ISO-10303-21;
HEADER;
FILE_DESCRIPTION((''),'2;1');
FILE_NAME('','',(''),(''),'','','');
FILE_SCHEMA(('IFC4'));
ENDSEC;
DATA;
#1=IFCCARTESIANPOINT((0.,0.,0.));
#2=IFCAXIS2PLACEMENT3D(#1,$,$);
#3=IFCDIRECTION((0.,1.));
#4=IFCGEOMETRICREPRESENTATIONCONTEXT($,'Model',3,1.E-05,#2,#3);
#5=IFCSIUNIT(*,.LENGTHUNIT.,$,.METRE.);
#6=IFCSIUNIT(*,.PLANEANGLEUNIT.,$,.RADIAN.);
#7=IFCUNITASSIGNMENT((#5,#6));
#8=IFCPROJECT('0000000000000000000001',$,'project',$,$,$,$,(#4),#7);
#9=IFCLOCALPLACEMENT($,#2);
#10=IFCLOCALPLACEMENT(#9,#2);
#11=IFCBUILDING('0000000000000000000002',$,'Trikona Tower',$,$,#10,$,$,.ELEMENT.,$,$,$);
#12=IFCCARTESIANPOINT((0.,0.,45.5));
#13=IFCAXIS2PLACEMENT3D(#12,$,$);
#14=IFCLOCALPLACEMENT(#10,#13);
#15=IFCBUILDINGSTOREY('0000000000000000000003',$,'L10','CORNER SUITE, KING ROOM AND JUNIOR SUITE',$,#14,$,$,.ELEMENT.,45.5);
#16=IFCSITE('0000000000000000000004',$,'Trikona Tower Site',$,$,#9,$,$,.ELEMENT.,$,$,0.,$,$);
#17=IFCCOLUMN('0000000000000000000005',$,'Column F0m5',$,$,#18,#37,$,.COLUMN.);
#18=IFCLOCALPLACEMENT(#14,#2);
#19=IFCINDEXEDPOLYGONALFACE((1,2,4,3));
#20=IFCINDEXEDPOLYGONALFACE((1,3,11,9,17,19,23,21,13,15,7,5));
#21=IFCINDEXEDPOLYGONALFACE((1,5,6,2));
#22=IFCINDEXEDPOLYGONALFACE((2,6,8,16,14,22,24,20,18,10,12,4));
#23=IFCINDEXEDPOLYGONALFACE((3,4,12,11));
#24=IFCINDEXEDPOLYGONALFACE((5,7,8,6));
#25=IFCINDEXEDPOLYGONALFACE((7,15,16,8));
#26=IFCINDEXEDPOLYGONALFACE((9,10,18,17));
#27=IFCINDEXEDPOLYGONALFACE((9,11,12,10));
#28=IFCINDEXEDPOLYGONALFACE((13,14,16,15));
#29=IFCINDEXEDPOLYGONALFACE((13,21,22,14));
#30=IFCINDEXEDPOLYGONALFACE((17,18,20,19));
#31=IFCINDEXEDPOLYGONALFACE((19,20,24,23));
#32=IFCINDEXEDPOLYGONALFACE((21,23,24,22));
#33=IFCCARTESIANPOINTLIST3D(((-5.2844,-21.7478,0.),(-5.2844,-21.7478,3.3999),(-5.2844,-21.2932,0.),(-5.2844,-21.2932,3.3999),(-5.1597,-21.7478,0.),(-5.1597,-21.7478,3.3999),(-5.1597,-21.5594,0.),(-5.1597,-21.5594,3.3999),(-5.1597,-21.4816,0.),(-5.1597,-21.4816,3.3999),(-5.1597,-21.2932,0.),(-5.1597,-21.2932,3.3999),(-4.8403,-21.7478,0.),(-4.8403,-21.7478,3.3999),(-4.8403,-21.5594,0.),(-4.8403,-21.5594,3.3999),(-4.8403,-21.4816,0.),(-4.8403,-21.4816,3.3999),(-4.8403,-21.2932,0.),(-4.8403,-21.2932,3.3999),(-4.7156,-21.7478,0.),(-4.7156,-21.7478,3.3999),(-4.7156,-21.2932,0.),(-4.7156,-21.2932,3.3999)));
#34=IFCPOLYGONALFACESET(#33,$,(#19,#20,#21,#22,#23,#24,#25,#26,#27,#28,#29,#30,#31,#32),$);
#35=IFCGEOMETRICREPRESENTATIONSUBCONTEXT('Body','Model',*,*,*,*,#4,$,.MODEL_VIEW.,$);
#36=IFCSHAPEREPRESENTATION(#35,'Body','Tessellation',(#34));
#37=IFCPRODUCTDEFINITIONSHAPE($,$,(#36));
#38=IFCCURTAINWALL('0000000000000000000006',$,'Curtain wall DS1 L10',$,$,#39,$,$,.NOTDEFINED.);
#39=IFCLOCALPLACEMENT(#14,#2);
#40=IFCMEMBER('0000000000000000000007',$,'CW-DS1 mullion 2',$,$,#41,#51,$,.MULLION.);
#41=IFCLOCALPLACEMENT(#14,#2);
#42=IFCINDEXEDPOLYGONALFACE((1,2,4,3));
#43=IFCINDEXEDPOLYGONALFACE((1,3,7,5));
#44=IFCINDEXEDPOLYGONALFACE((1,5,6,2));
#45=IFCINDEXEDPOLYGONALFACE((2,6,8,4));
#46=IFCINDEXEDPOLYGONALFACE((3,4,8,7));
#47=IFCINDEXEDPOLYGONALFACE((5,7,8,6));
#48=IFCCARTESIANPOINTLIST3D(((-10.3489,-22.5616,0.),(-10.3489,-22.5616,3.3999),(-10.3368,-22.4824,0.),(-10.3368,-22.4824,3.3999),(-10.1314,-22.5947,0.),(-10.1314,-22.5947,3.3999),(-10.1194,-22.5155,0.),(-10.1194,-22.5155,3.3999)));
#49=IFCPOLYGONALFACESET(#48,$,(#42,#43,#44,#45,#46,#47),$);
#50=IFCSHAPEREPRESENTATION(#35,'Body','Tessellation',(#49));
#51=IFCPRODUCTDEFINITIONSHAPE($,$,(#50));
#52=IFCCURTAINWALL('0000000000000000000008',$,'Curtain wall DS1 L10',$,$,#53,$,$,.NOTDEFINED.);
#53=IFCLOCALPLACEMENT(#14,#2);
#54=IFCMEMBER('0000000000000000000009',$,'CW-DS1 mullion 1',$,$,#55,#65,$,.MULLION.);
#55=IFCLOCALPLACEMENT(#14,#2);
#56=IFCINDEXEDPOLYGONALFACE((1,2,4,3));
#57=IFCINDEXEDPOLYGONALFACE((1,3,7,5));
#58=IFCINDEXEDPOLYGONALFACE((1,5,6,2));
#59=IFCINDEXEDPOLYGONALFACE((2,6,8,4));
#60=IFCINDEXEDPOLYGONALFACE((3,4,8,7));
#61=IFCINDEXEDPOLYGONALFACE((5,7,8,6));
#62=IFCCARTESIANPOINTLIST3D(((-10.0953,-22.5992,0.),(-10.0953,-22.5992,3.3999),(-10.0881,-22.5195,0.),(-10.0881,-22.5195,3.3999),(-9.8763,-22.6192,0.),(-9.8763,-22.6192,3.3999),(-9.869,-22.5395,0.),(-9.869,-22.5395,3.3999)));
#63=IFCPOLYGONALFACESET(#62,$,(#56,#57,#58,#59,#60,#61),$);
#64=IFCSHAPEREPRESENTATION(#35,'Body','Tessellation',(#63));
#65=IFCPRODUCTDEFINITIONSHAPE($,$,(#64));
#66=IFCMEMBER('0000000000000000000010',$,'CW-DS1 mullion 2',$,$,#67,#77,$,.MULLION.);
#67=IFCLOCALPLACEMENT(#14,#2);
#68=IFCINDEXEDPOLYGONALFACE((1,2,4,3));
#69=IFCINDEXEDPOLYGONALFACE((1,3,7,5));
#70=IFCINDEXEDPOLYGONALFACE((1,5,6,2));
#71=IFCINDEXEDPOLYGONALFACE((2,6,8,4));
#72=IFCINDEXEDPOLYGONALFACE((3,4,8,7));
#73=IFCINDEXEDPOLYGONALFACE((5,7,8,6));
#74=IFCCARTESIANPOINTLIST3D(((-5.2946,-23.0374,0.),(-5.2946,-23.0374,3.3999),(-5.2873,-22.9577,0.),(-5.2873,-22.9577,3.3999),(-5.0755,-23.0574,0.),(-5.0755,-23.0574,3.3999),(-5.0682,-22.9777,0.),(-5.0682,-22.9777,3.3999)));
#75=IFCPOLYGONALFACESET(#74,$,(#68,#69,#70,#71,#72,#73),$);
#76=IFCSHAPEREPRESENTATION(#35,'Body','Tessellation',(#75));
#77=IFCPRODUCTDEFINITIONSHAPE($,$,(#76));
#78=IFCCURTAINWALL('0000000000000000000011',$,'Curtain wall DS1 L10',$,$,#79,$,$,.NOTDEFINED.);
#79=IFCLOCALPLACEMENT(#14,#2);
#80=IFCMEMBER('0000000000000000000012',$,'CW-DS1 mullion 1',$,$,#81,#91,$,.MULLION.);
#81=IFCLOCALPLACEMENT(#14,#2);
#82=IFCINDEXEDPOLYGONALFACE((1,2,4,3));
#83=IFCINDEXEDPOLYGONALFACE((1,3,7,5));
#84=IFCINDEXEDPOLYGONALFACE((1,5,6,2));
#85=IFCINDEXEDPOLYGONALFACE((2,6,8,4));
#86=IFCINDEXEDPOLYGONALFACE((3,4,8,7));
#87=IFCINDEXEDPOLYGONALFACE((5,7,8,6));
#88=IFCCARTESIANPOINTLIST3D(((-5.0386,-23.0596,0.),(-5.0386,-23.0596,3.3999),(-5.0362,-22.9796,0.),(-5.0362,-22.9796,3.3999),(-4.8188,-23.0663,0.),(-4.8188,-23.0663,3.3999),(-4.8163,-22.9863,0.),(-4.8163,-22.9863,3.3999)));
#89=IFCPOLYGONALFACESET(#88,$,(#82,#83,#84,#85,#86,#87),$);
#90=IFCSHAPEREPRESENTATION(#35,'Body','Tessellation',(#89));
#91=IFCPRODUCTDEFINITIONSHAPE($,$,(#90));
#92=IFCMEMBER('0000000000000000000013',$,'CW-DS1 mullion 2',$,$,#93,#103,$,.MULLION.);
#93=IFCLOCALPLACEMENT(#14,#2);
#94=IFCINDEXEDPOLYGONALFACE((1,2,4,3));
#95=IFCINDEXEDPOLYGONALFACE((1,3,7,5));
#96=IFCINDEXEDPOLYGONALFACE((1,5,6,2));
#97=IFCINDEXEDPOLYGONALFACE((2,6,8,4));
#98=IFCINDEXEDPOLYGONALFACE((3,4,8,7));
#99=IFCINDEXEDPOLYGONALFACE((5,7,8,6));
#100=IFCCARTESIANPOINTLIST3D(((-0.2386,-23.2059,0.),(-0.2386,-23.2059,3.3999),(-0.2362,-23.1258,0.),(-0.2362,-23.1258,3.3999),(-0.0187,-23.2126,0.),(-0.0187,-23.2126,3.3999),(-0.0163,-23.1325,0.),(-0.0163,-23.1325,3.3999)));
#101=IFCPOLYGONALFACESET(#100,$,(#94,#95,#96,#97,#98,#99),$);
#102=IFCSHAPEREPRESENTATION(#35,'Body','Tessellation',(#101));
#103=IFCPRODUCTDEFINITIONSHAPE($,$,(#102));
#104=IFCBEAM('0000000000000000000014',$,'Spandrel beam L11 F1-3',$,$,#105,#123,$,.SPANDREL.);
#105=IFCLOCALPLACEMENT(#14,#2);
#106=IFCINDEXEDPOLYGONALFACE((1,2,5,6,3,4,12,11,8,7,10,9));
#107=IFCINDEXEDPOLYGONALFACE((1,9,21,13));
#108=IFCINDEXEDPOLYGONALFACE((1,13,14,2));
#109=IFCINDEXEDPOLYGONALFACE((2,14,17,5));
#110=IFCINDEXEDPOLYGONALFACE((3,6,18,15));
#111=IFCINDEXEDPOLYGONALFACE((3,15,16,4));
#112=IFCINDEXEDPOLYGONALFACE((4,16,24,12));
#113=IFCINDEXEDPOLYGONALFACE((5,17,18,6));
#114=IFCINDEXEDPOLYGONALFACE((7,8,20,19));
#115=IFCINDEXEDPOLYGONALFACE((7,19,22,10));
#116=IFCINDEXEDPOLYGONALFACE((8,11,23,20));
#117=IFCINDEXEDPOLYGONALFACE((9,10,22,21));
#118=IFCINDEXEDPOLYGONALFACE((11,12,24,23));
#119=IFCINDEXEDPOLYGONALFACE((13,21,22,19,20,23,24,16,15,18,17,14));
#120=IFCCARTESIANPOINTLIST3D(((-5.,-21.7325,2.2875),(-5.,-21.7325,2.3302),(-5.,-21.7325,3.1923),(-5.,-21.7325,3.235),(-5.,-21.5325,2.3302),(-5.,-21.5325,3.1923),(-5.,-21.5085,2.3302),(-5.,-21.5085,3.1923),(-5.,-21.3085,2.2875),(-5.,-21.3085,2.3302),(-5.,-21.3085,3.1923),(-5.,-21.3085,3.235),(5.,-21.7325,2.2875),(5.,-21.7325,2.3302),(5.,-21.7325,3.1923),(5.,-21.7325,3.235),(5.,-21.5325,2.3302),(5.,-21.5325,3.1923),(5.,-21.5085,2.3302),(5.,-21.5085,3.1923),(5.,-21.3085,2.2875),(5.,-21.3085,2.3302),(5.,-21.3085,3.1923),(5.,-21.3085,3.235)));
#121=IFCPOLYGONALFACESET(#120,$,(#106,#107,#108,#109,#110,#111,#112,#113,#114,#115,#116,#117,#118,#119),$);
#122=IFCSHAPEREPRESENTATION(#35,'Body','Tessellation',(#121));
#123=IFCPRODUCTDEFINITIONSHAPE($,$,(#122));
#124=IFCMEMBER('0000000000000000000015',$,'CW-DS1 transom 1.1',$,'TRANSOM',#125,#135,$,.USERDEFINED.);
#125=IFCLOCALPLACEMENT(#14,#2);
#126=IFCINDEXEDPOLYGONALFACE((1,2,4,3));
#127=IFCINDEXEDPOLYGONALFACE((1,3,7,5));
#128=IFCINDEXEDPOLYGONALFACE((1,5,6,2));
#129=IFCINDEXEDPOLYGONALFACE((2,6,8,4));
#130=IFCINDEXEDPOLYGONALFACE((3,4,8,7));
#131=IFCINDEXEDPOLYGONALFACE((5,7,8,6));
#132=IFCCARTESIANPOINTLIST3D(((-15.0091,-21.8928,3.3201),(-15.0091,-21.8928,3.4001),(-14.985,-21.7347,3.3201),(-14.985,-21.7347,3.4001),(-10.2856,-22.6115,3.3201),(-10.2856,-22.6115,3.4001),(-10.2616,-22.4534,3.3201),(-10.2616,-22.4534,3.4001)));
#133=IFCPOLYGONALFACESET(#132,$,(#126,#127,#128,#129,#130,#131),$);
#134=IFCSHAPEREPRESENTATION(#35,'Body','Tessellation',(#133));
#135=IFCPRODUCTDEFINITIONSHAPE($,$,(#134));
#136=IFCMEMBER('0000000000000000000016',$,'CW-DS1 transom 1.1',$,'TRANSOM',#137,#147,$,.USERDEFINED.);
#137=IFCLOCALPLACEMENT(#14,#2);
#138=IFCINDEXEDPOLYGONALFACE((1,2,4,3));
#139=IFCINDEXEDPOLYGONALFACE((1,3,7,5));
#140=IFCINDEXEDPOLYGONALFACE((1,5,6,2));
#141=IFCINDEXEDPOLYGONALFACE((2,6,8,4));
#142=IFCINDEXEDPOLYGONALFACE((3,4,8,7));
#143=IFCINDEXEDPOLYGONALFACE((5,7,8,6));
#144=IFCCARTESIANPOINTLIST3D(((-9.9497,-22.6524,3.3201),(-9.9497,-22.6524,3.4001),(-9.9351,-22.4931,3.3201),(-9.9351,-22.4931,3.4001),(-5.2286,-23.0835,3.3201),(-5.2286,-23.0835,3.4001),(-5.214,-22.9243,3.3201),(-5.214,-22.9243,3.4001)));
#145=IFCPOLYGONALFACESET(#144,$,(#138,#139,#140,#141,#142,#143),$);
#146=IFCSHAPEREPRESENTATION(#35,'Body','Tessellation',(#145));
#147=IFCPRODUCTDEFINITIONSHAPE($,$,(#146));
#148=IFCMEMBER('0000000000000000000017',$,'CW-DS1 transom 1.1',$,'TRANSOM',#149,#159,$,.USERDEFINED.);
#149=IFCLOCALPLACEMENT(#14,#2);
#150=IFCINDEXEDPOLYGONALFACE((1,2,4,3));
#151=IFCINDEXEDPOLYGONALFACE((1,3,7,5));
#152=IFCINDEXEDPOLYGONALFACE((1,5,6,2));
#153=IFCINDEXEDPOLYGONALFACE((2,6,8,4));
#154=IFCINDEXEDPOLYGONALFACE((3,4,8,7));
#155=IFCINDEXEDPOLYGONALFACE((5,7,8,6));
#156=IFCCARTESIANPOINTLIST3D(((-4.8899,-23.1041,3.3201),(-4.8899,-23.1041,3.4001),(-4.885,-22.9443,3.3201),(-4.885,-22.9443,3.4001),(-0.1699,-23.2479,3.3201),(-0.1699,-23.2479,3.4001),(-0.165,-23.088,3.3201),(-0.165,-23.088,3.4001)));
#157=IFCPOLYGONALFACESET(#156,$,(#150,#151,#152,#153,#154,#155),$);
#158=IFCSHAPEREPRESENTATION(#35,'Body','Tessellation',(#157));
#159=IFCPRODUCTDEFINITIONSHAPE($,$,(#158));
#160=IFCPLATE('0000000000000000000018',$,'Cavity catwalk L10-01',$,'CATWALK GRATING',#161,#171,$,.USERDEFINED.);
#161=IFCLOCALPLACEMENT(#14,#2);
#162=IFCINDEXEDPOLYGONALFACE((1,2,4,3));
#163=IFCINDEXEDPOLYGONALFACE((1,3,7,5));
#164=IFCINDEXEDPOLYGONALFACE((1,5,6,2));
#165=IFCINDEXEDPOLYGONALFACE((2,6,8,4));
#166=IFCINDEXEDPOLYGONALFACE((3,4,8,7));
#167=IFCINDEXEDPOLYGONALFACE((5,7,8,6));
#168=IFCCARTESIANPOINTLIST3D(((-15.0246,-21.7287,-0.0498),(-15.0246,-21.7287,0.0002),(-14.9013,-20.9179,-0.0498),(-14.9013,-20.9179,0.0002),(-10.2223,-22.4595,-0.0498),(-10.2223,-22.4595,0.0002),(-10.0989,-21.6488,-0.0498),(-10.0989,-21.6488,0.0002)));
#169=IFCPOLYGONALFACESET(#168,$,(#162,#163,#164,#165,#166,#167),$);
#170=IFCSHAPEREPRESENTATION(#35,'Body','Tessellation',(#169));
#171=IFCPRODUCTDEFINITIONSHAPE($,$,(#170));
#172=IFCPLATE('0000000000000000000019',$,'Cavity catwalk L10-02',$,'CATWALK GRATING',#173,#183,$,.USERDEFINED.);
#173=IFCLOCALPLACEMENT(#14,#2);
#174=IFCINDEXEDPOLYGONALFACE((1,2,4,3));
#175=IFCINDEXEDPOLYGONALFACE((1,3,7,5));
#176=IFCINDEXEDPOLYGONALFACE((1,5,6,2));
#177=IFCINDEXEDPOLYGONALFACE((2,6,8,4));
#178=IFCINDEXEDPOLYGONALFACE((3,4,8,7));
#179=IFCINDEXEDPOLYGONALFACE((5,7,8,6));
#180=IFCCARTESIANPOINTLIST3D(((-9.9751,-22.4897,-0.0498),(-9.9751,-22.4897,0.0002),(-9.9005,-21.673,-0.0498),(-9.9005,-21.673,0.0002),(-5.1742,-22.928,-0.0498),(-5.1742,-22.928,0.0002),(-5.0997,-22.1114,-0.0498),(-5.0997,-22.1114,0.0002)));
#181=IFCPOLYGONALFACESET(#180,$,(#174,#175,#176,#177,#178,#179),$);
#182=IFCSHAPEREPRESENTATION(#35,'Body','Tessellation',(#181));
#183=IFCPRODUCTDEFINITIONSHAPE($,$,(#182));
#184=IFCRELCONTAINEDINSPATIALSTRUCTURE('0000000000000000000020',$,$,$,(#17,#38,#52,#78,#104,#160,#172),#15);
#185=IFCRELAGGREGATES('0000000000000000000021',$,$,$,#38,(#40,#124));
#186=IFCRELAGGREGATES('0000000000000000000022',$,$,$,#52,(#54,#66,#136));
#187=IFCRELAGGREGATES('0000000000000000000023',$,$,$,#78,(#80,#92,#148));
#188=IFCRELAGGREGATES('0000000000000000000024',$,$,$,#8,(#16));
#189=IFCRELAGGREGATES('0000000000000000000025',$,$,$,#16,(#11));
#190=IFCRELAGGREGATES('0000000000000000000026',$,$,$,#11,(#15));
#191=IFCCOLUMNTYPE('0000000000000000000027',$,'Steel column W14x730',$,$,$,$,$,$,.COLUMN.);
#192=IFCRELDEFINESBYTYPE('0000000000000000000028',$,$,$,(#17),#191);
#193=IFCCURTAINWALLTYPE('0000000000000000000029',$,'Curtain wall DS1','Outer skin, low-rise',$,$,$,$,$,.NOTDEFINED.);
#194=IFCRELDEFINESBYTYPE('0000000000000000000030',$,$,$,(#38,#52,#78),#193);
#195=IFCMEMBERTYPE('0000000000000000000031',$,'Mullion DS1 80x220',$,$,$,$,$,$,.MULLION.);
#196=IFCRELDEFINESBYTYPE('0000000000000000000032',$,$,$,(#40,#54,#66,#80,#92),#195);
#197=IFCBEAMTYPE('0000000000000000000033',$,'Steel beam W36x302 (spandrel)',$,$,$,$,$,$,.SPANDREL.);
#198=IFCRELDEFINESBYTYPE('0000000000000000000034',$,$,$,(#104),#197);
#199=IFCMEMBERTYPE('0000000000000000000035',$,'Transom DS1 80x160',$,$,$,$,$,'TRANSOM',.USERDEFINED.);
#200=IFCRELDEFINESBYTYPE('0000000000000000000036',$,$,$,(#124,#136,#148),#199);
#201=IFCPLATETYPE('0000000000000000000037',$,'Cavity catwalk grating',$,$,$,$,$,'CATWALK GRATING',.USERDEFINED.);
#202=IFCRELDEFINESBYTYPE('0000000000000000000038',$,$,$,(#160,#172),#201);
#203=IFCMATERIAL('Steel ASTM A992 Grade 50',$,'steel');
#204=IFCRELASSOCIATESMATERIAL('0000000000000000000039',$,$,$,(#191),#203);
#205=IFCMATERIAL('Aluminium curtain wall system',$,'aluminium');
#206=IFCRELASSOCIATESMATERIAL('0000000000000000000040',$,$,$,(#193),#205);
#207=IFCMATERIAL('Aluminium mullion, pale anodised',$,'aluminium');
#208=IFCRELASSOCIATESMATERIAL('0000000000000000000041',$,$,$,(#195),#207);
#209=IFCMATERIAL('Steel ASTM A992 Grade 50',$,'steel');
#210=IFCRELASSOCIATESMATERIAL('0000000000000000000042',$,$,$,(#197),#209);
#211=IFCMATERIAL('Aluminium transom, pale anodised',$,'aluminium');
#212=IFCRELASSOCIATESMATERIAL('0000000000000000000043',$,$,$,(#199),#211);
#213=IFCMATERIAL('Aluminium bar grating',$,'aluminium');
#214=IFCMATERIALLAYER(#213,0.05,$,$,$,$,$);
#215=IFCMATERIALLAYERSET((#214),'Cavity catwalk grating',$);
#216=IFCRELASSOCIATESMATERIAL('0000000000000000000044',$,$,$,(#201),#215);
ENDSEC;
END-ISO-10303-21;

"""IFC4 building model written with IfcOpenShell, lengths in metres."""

from ifc_helpers import new_model, si_unit, direction, frame, origin, origin_2d, place, context, subcontext, project, spatial, rectangle, i_section, extrude, material, layer, layer_set, material_profile, profile_set, type_object, element, aggregate, save


model = new_model("IFC4")

# Units and contexts
model_context = context("Model", 3, precision=1e-05, world=origin(), true_north=direction((0.0, 1.0)))
body_context = subcontext(model_context, "Body", "Model", "MODEL_VIEW")
ifc_project = project(units=[si_unit("LENGTHUNIT", "METRE"), si_unit("PLANEANGLEUNIT", "RADIAN")], contexts=[model_context])

# Site, building, storey
site_placement = place(None, origin())
site = spatial("IfcSite", under=ifc_project, at=site_placement, Name="Trikona Tower Site", CompositionType="ELEMENT", RefElevation=0.0)
building_placement = place(site_placement, origin())
building = spatial("IfcBuilding", under=site, at=building_placement, Name="Trikona Tower", CompositionType="ELEMENT")
storey_placement = place(building_placement, frame((0.0, 0.0, 45.5)))
storey = spatial("IfcBuildingStorey", under=building, at=storey_placement, Name="L10", Description="CORNER SUITE, KING ROOM AND JUNIOR SUITE", CompositionType="ELEMENT", Elevation=45.5)

# Column
ifc_material_1 = material(Name="Steel ASTM A992 Grade 50", Category="steel")
ifc_material_profile_1 = material_profile(ifc_material_1, i_section(OverallWidth=0.4546, OverallDepth=0.5688, WebThickness=0.0779, FlangeThickness=0.1248, at=origin_2d()), Name="W14X730")
ifc_profile_set_1 = profile_set([ifc_material_profile_1], Name="Steel ASTM A992 Grade 50")
column_type = type_object("IfcColumnType", Name="Steel column W14x730", PredefinedType="COLUMN", material=ifc_profile_set_1)
column_placement = place(storey_placement, frame((-5.0, -21.5205, 0.0), z_axis=(0.0, 0.0, 1.0), x_axis=(0.0, -1.0, 0.0)))
element("IfcColumn", 1, at=column_placement, inside=storey, type_object=column_type, Name="Column F0m5", PredefinedType="COLUMN", context=body_context, shape_type="SweptSolid", body=[
    extrude(i_section(OverallWidth=0.4546, OverallDepth=0.5688, WebThickness=0.0779, FlangeThickness=0.1248, at=origin_2d()), origin(), (0.0, 0.0, 1.0), 3.3999),
])

# Curtain wall, member
ifc_material_2 = material(Name="Aluminium curtain wall system", Category="aluminium")
curtain_wall_type = type_object("IfcCurtainWallType", Name="Curtain wall DS1", Description="Outer skin, low-rise", PredefinedType="NOTDEFINED", material=ifc_material_2)
curtain_wall_1_placement = place(storey_placement, origin())
curtain_wall_1 = element("IfcCurtainWall", 2, at=curtain_wall_1_placement, inside=storey, type_object=curtain_wall_type, Name="Curtain wall DS1 L10", PredefinedType="NOTDEFINED")
ifc_material_3 = material(Name="Aluminium mullion, pale anodised", Category="aluminium")
ifc_material_profile_2 = material_profile(ifc_material_3, rectangle(XDim=0.0801, YDim=0.22, at=origin_2d()), Name="MUL-DS1")
ifc_profile_set_2 = profile_set([ifc_material_profile_2], Name="Aluminium mullion, pale anodised")
member_type_1 = type_object("IfcMemberType", Name="Mullion DS1 80x220", PredefinedType="MULLION", material=ifc_profile_set_2)
member_1_placement = place(storey_placement, frame((-10.2341, -22.5386, 0.0), z_axis=(0.0, 0.0, 1.0), x_axis=(0.150438, 0.988619, 0.0)))
member_1 = element("IfcMember", 3, at=member_1_placement, type_object=member_type_1, Name="CW-DS1 mullion 2", PredefinedType="MULLION", context=body_context, shape_type="SweptSolid", body=[
    extrude(rectangle(XDim=0.0801, YDim=0.22, at=origin_2d()), origin(), (0.0, 0.0, 1.0), 3.3999),
])

# Curtain walls, members
curtain_wall_2_placement = place(storey_placement, origin())
curtain_wall_2 = element("IfcCurtainWall", 4, at=curtain_wall_2_placement, inside=storey, type_object=curtain_wall_type, Name="Curtain wall DS1 L10", PredefinedType="NOTDEFINED")
member_2_placement = place(storey_placement, frame((-9.9822, -22.5693, 0.0), z_axis=(0.0, 0.0, 1.0), x_axis=(0.090924, 0.995858, 0.0)))
member_2 = element("IfcMember", 5, at=member_2_placement, type_object=member_type_1, Name="CW-DS1 mullion 1", PredefinedType="MULLION", context=body_context, shape_type="SweptSolid", body=[
    extrude(rectangle(XDim=0.0801, YDim=0.22, at=origin_2d()), origin(), (0.0, 0.0, 1.0), 3.3999),
])
member_3_placement = place(storey_placement, frame((-5.1814, -23.0076, 0.0), z_axis=(0.0, 0.0, 1.0), x_axis=(0.090924, 0.995858, 0.0)))
member_3 = element("IfcMember", 6, at=member_3_placement, type_object=member_type_1, Name="CW-DS1 mullion 2", PredefinedType="MULLION", context=body_context, shape_type="SweptSolid", body=[
    extrude(rectangle(XDim=0.0801, YDim=0.22, at=origin_2d()), origin(), (0.0, 0.0, 1.0), 3.3999),
])
curtain_wall_3_placement = place(storey_placement, origin())
curtain_wall_3 = element("IfcCurtainWall", 7, at=curtain_wall_3_placement, inside=storey, type_object=curtain_wall_type, Name="Curtain wall DS1 L10", PredefinedType="NOTDEFINED")
member_4_placement = place(storey_placement, frame((-4.9275, -23.0229, 0.0), z_axis=(0.0, 0.0, 1.0), x_axis=(0.030437, 0.999537, 0.0)))
member_4 = element("IfcMember", 8, at=member_4_placement, type_object=member_type_1, Name="CW-DS1 mullion 1", PredefinedType="MULLION", context=body_context, shape_type="SweptSolid", body=[
    extrude(rectangle(XDim=0.0801, YDim=0.22, at=origin_2d()), origin(), (0.0, 0.0, 1.0), 3.3999),
])
member_5_placement = place(storey_placement, frame((-0.1274, -23.1692, 0.0), z_axis=(0.0, 0.0, 1.0), x_axis=(0.030437, 0.999537, 0.0)))
member_5 = element("IfcMember", 9, at=member_5_placement, type_object=member_type_1, Name="CW-DS1 mullion 2", PredefinedType="MULLION", context=body_context, shape_type="SweptSolid", body=[
    extrude(rectangle(XDim=0.0801, YDim=0.22, at=origin_2d()), origin(), (0.0, 0.0, 1.0), 3.3999),
])

# Beam
ifc_material_4 = material(Name="Steel ASTM A992 Grade 50", Category="steel")
ifc_material_profile_3 = material_profile(ifc_material_4, i_section(OverallWidth=0.4241, OverallDepth=0.9475, WebThickness=0.0239, FlangeThickness=0.0427, at=origin_2d()), Name="W36X302")
ifc_profile_set_3 = profile_set([ifc_material_profile_3], Name="Steel ASTM A992 Grade 50")
beam_type = type_object("IfcBeamType", Name="Steel beam W36x302 (spandrel)", PredefinedType="SPANDREL", material=ifc_profile_set_3)
beam_placement = place(storey_placement, frame((-5.0, -21.5205, 2.7612), z_axis=(1.0, 0.0, 0.0), x_axis=(0.0, 1.0, 0.0)))
element("IfcBeam", 10, at=beam_placement, inside=storey, type_object=beam_type, Name="Spandrel beam L11 F1-3", PredefinedType="SPANDREL", context=body_context, shape_type="SweptSolid", body=[
    extrude(i_section(OverallWidth=0.4241, OverallDepth=0.9475, WebThickness=0.0239, FlangeThickness=0.0427, at=origin_2d()), origin(), (0.0, 0.0, 1.0), 10.0),
])

# Members
ifc_material_5 = material(Name="Aluminium transom, pale anodised", Category="aluminium")
ifc_material_profile_4 = material_profile(ifc_material_5, rectangle(XDim=0.1599, YDim=0.0801, at=origin_2d()), Name="TRN-DS1")
ifc_profile_set_4 = profile_set([ifc_material_profile_4], Name="Aluminium transom, pale anodised")
member_type_2 = type_object("IfcMemberType", Name="Transom DS1 80x160", ElementType="TRANSOM", PredefinedType="USERDEFINED", material=ifc_profile_set_4)
member_6_placement = place(storey_placement, frame((-14.9971, -21.8137, 3.3601), z_axis=(0.98862, -0.150437, 0.0), x_axis=(0.150437, 0.98862, 0.0)))
member_6 = element("IfcMember", 11, at=member_6_placement, type_object=member_type_2, Name="CW-DS1 transom 1.1", ObjectType="TRANSOM", PredefinedType="USERDEFINED", context=body_context, shape_type="SweptSolid", body=[
    extrude(rectangle(XDim=0.1599, YDim=0.0801, at=origin_2d()), origin(), (0.0, 0.0, 1.0), 4.7778),
])
member_7_placement = place(storey_placement, frame((-9.9424, -22.5728, 3.3601), z_axis=(0.995856, -0.090944, 0.0), x_axis=(0.090944, 0.995856, 0.0)))
member_7 = element("IfcMember", 12, at=member_7_placement, type_object=member_type_2, Name="CW-DS1 transom 1.1", ObjectType="TRANSOM", PredefinedType="USERDEFINED", context=body_context, shape_type="SweptSolid", body=[
    extrude(rectangle(XDim=0.1599, YDim=0.0801, at=origin_2d()), origin(), (0.0, 0.0, 1.0), 4.7407),
])
member_8_placement = place(storey_placement, frame((-4.8875, -23.0242, 3.3601), z_axis=(0.999536, -0.030452, 0.0), x_axis=(0.030452, 0.999536, 0.0)))
member_8 = element("IfcMember", 13, at=member_8_placement, type_object=member_type_2, Name="CW-DS1 transom 1.1", ObjectType="TRANSOM", PredefinedType="USERDEFINED", context=body_context, shape_type="SweptSolid", body=[
    extrude(rectangle(XDim=0.1599, YDim=0.0801, at=origin_2d()), origin(), (0.0, 0.0, 1.0), 4.7222),
])

# Plates
ifc_material_6 = material(Name="Aluminium bar grating", Category="aluminium")
ifc_layer_1 = layer(ifc_material_6, 0.05)
ifc_layer_set_1 = layer_set([ifc_layer_1], Name="Cavity catwalk grating")
plate_type_1 = type_object("IfcPlateType", Name="Cavity catwalk grating", ElementType="CATWALK GRATING", PredefinedType="USERDEFINED", material=ifc_layer_set_1)
plate_1_placement = place(storey_placement, frame((-12.5618, -21.6887, -0.0498), z_axis=(0.0, 0.0, 1.0), x_axis=(0.988618, -0.150448, 0.0)))
element("IfcPlate", 14, at=plate_1_placement, inside=storey, type_object=plate_type_1, Name="Cavity catwalk L10-01", ObjectType="CATWALK GRATING", PredefinedType="USERDEFINED", context=body_context, shape_type="SweptSolid", body=[
    extrude(rectangle(XDim=4.8577, YDim=0.8201, at=origin_2d()), origin(), (0.0, 0.0, 1.0), 0.05),
])
plate_2_placement = place(storey_placement, frame((-7.5374, -22.3005, -0.0498), z_axis=(0.0, 0.0, 1.0), x_axis=(0.995858, -0.090921, 0.0)))
element("IfcPlate", 15, at=plate_2_placement, inside=storey, type_object=plate_type_1, Name="Cavity catwalk L10-02", ObjectType="CATWALK GRATING", PredefinedType="USERDEFINED", context=body_context, shape_type="SweptSolid", body=[
    extrude(rectangle(XDim=4.8208, YDim=0.8201, at=origin_2d()), origin(), (0.0, 0.0, 1.0), 0.05),
])

aggregate(curtain_wall_1, [member_1, member_6])
aggregate(curtain_wall_2, [member_2, member_3, member_7])
aggregate(curtain_wall_3, [member_4, member_5, member_8])

save(model, "model.ifc")
